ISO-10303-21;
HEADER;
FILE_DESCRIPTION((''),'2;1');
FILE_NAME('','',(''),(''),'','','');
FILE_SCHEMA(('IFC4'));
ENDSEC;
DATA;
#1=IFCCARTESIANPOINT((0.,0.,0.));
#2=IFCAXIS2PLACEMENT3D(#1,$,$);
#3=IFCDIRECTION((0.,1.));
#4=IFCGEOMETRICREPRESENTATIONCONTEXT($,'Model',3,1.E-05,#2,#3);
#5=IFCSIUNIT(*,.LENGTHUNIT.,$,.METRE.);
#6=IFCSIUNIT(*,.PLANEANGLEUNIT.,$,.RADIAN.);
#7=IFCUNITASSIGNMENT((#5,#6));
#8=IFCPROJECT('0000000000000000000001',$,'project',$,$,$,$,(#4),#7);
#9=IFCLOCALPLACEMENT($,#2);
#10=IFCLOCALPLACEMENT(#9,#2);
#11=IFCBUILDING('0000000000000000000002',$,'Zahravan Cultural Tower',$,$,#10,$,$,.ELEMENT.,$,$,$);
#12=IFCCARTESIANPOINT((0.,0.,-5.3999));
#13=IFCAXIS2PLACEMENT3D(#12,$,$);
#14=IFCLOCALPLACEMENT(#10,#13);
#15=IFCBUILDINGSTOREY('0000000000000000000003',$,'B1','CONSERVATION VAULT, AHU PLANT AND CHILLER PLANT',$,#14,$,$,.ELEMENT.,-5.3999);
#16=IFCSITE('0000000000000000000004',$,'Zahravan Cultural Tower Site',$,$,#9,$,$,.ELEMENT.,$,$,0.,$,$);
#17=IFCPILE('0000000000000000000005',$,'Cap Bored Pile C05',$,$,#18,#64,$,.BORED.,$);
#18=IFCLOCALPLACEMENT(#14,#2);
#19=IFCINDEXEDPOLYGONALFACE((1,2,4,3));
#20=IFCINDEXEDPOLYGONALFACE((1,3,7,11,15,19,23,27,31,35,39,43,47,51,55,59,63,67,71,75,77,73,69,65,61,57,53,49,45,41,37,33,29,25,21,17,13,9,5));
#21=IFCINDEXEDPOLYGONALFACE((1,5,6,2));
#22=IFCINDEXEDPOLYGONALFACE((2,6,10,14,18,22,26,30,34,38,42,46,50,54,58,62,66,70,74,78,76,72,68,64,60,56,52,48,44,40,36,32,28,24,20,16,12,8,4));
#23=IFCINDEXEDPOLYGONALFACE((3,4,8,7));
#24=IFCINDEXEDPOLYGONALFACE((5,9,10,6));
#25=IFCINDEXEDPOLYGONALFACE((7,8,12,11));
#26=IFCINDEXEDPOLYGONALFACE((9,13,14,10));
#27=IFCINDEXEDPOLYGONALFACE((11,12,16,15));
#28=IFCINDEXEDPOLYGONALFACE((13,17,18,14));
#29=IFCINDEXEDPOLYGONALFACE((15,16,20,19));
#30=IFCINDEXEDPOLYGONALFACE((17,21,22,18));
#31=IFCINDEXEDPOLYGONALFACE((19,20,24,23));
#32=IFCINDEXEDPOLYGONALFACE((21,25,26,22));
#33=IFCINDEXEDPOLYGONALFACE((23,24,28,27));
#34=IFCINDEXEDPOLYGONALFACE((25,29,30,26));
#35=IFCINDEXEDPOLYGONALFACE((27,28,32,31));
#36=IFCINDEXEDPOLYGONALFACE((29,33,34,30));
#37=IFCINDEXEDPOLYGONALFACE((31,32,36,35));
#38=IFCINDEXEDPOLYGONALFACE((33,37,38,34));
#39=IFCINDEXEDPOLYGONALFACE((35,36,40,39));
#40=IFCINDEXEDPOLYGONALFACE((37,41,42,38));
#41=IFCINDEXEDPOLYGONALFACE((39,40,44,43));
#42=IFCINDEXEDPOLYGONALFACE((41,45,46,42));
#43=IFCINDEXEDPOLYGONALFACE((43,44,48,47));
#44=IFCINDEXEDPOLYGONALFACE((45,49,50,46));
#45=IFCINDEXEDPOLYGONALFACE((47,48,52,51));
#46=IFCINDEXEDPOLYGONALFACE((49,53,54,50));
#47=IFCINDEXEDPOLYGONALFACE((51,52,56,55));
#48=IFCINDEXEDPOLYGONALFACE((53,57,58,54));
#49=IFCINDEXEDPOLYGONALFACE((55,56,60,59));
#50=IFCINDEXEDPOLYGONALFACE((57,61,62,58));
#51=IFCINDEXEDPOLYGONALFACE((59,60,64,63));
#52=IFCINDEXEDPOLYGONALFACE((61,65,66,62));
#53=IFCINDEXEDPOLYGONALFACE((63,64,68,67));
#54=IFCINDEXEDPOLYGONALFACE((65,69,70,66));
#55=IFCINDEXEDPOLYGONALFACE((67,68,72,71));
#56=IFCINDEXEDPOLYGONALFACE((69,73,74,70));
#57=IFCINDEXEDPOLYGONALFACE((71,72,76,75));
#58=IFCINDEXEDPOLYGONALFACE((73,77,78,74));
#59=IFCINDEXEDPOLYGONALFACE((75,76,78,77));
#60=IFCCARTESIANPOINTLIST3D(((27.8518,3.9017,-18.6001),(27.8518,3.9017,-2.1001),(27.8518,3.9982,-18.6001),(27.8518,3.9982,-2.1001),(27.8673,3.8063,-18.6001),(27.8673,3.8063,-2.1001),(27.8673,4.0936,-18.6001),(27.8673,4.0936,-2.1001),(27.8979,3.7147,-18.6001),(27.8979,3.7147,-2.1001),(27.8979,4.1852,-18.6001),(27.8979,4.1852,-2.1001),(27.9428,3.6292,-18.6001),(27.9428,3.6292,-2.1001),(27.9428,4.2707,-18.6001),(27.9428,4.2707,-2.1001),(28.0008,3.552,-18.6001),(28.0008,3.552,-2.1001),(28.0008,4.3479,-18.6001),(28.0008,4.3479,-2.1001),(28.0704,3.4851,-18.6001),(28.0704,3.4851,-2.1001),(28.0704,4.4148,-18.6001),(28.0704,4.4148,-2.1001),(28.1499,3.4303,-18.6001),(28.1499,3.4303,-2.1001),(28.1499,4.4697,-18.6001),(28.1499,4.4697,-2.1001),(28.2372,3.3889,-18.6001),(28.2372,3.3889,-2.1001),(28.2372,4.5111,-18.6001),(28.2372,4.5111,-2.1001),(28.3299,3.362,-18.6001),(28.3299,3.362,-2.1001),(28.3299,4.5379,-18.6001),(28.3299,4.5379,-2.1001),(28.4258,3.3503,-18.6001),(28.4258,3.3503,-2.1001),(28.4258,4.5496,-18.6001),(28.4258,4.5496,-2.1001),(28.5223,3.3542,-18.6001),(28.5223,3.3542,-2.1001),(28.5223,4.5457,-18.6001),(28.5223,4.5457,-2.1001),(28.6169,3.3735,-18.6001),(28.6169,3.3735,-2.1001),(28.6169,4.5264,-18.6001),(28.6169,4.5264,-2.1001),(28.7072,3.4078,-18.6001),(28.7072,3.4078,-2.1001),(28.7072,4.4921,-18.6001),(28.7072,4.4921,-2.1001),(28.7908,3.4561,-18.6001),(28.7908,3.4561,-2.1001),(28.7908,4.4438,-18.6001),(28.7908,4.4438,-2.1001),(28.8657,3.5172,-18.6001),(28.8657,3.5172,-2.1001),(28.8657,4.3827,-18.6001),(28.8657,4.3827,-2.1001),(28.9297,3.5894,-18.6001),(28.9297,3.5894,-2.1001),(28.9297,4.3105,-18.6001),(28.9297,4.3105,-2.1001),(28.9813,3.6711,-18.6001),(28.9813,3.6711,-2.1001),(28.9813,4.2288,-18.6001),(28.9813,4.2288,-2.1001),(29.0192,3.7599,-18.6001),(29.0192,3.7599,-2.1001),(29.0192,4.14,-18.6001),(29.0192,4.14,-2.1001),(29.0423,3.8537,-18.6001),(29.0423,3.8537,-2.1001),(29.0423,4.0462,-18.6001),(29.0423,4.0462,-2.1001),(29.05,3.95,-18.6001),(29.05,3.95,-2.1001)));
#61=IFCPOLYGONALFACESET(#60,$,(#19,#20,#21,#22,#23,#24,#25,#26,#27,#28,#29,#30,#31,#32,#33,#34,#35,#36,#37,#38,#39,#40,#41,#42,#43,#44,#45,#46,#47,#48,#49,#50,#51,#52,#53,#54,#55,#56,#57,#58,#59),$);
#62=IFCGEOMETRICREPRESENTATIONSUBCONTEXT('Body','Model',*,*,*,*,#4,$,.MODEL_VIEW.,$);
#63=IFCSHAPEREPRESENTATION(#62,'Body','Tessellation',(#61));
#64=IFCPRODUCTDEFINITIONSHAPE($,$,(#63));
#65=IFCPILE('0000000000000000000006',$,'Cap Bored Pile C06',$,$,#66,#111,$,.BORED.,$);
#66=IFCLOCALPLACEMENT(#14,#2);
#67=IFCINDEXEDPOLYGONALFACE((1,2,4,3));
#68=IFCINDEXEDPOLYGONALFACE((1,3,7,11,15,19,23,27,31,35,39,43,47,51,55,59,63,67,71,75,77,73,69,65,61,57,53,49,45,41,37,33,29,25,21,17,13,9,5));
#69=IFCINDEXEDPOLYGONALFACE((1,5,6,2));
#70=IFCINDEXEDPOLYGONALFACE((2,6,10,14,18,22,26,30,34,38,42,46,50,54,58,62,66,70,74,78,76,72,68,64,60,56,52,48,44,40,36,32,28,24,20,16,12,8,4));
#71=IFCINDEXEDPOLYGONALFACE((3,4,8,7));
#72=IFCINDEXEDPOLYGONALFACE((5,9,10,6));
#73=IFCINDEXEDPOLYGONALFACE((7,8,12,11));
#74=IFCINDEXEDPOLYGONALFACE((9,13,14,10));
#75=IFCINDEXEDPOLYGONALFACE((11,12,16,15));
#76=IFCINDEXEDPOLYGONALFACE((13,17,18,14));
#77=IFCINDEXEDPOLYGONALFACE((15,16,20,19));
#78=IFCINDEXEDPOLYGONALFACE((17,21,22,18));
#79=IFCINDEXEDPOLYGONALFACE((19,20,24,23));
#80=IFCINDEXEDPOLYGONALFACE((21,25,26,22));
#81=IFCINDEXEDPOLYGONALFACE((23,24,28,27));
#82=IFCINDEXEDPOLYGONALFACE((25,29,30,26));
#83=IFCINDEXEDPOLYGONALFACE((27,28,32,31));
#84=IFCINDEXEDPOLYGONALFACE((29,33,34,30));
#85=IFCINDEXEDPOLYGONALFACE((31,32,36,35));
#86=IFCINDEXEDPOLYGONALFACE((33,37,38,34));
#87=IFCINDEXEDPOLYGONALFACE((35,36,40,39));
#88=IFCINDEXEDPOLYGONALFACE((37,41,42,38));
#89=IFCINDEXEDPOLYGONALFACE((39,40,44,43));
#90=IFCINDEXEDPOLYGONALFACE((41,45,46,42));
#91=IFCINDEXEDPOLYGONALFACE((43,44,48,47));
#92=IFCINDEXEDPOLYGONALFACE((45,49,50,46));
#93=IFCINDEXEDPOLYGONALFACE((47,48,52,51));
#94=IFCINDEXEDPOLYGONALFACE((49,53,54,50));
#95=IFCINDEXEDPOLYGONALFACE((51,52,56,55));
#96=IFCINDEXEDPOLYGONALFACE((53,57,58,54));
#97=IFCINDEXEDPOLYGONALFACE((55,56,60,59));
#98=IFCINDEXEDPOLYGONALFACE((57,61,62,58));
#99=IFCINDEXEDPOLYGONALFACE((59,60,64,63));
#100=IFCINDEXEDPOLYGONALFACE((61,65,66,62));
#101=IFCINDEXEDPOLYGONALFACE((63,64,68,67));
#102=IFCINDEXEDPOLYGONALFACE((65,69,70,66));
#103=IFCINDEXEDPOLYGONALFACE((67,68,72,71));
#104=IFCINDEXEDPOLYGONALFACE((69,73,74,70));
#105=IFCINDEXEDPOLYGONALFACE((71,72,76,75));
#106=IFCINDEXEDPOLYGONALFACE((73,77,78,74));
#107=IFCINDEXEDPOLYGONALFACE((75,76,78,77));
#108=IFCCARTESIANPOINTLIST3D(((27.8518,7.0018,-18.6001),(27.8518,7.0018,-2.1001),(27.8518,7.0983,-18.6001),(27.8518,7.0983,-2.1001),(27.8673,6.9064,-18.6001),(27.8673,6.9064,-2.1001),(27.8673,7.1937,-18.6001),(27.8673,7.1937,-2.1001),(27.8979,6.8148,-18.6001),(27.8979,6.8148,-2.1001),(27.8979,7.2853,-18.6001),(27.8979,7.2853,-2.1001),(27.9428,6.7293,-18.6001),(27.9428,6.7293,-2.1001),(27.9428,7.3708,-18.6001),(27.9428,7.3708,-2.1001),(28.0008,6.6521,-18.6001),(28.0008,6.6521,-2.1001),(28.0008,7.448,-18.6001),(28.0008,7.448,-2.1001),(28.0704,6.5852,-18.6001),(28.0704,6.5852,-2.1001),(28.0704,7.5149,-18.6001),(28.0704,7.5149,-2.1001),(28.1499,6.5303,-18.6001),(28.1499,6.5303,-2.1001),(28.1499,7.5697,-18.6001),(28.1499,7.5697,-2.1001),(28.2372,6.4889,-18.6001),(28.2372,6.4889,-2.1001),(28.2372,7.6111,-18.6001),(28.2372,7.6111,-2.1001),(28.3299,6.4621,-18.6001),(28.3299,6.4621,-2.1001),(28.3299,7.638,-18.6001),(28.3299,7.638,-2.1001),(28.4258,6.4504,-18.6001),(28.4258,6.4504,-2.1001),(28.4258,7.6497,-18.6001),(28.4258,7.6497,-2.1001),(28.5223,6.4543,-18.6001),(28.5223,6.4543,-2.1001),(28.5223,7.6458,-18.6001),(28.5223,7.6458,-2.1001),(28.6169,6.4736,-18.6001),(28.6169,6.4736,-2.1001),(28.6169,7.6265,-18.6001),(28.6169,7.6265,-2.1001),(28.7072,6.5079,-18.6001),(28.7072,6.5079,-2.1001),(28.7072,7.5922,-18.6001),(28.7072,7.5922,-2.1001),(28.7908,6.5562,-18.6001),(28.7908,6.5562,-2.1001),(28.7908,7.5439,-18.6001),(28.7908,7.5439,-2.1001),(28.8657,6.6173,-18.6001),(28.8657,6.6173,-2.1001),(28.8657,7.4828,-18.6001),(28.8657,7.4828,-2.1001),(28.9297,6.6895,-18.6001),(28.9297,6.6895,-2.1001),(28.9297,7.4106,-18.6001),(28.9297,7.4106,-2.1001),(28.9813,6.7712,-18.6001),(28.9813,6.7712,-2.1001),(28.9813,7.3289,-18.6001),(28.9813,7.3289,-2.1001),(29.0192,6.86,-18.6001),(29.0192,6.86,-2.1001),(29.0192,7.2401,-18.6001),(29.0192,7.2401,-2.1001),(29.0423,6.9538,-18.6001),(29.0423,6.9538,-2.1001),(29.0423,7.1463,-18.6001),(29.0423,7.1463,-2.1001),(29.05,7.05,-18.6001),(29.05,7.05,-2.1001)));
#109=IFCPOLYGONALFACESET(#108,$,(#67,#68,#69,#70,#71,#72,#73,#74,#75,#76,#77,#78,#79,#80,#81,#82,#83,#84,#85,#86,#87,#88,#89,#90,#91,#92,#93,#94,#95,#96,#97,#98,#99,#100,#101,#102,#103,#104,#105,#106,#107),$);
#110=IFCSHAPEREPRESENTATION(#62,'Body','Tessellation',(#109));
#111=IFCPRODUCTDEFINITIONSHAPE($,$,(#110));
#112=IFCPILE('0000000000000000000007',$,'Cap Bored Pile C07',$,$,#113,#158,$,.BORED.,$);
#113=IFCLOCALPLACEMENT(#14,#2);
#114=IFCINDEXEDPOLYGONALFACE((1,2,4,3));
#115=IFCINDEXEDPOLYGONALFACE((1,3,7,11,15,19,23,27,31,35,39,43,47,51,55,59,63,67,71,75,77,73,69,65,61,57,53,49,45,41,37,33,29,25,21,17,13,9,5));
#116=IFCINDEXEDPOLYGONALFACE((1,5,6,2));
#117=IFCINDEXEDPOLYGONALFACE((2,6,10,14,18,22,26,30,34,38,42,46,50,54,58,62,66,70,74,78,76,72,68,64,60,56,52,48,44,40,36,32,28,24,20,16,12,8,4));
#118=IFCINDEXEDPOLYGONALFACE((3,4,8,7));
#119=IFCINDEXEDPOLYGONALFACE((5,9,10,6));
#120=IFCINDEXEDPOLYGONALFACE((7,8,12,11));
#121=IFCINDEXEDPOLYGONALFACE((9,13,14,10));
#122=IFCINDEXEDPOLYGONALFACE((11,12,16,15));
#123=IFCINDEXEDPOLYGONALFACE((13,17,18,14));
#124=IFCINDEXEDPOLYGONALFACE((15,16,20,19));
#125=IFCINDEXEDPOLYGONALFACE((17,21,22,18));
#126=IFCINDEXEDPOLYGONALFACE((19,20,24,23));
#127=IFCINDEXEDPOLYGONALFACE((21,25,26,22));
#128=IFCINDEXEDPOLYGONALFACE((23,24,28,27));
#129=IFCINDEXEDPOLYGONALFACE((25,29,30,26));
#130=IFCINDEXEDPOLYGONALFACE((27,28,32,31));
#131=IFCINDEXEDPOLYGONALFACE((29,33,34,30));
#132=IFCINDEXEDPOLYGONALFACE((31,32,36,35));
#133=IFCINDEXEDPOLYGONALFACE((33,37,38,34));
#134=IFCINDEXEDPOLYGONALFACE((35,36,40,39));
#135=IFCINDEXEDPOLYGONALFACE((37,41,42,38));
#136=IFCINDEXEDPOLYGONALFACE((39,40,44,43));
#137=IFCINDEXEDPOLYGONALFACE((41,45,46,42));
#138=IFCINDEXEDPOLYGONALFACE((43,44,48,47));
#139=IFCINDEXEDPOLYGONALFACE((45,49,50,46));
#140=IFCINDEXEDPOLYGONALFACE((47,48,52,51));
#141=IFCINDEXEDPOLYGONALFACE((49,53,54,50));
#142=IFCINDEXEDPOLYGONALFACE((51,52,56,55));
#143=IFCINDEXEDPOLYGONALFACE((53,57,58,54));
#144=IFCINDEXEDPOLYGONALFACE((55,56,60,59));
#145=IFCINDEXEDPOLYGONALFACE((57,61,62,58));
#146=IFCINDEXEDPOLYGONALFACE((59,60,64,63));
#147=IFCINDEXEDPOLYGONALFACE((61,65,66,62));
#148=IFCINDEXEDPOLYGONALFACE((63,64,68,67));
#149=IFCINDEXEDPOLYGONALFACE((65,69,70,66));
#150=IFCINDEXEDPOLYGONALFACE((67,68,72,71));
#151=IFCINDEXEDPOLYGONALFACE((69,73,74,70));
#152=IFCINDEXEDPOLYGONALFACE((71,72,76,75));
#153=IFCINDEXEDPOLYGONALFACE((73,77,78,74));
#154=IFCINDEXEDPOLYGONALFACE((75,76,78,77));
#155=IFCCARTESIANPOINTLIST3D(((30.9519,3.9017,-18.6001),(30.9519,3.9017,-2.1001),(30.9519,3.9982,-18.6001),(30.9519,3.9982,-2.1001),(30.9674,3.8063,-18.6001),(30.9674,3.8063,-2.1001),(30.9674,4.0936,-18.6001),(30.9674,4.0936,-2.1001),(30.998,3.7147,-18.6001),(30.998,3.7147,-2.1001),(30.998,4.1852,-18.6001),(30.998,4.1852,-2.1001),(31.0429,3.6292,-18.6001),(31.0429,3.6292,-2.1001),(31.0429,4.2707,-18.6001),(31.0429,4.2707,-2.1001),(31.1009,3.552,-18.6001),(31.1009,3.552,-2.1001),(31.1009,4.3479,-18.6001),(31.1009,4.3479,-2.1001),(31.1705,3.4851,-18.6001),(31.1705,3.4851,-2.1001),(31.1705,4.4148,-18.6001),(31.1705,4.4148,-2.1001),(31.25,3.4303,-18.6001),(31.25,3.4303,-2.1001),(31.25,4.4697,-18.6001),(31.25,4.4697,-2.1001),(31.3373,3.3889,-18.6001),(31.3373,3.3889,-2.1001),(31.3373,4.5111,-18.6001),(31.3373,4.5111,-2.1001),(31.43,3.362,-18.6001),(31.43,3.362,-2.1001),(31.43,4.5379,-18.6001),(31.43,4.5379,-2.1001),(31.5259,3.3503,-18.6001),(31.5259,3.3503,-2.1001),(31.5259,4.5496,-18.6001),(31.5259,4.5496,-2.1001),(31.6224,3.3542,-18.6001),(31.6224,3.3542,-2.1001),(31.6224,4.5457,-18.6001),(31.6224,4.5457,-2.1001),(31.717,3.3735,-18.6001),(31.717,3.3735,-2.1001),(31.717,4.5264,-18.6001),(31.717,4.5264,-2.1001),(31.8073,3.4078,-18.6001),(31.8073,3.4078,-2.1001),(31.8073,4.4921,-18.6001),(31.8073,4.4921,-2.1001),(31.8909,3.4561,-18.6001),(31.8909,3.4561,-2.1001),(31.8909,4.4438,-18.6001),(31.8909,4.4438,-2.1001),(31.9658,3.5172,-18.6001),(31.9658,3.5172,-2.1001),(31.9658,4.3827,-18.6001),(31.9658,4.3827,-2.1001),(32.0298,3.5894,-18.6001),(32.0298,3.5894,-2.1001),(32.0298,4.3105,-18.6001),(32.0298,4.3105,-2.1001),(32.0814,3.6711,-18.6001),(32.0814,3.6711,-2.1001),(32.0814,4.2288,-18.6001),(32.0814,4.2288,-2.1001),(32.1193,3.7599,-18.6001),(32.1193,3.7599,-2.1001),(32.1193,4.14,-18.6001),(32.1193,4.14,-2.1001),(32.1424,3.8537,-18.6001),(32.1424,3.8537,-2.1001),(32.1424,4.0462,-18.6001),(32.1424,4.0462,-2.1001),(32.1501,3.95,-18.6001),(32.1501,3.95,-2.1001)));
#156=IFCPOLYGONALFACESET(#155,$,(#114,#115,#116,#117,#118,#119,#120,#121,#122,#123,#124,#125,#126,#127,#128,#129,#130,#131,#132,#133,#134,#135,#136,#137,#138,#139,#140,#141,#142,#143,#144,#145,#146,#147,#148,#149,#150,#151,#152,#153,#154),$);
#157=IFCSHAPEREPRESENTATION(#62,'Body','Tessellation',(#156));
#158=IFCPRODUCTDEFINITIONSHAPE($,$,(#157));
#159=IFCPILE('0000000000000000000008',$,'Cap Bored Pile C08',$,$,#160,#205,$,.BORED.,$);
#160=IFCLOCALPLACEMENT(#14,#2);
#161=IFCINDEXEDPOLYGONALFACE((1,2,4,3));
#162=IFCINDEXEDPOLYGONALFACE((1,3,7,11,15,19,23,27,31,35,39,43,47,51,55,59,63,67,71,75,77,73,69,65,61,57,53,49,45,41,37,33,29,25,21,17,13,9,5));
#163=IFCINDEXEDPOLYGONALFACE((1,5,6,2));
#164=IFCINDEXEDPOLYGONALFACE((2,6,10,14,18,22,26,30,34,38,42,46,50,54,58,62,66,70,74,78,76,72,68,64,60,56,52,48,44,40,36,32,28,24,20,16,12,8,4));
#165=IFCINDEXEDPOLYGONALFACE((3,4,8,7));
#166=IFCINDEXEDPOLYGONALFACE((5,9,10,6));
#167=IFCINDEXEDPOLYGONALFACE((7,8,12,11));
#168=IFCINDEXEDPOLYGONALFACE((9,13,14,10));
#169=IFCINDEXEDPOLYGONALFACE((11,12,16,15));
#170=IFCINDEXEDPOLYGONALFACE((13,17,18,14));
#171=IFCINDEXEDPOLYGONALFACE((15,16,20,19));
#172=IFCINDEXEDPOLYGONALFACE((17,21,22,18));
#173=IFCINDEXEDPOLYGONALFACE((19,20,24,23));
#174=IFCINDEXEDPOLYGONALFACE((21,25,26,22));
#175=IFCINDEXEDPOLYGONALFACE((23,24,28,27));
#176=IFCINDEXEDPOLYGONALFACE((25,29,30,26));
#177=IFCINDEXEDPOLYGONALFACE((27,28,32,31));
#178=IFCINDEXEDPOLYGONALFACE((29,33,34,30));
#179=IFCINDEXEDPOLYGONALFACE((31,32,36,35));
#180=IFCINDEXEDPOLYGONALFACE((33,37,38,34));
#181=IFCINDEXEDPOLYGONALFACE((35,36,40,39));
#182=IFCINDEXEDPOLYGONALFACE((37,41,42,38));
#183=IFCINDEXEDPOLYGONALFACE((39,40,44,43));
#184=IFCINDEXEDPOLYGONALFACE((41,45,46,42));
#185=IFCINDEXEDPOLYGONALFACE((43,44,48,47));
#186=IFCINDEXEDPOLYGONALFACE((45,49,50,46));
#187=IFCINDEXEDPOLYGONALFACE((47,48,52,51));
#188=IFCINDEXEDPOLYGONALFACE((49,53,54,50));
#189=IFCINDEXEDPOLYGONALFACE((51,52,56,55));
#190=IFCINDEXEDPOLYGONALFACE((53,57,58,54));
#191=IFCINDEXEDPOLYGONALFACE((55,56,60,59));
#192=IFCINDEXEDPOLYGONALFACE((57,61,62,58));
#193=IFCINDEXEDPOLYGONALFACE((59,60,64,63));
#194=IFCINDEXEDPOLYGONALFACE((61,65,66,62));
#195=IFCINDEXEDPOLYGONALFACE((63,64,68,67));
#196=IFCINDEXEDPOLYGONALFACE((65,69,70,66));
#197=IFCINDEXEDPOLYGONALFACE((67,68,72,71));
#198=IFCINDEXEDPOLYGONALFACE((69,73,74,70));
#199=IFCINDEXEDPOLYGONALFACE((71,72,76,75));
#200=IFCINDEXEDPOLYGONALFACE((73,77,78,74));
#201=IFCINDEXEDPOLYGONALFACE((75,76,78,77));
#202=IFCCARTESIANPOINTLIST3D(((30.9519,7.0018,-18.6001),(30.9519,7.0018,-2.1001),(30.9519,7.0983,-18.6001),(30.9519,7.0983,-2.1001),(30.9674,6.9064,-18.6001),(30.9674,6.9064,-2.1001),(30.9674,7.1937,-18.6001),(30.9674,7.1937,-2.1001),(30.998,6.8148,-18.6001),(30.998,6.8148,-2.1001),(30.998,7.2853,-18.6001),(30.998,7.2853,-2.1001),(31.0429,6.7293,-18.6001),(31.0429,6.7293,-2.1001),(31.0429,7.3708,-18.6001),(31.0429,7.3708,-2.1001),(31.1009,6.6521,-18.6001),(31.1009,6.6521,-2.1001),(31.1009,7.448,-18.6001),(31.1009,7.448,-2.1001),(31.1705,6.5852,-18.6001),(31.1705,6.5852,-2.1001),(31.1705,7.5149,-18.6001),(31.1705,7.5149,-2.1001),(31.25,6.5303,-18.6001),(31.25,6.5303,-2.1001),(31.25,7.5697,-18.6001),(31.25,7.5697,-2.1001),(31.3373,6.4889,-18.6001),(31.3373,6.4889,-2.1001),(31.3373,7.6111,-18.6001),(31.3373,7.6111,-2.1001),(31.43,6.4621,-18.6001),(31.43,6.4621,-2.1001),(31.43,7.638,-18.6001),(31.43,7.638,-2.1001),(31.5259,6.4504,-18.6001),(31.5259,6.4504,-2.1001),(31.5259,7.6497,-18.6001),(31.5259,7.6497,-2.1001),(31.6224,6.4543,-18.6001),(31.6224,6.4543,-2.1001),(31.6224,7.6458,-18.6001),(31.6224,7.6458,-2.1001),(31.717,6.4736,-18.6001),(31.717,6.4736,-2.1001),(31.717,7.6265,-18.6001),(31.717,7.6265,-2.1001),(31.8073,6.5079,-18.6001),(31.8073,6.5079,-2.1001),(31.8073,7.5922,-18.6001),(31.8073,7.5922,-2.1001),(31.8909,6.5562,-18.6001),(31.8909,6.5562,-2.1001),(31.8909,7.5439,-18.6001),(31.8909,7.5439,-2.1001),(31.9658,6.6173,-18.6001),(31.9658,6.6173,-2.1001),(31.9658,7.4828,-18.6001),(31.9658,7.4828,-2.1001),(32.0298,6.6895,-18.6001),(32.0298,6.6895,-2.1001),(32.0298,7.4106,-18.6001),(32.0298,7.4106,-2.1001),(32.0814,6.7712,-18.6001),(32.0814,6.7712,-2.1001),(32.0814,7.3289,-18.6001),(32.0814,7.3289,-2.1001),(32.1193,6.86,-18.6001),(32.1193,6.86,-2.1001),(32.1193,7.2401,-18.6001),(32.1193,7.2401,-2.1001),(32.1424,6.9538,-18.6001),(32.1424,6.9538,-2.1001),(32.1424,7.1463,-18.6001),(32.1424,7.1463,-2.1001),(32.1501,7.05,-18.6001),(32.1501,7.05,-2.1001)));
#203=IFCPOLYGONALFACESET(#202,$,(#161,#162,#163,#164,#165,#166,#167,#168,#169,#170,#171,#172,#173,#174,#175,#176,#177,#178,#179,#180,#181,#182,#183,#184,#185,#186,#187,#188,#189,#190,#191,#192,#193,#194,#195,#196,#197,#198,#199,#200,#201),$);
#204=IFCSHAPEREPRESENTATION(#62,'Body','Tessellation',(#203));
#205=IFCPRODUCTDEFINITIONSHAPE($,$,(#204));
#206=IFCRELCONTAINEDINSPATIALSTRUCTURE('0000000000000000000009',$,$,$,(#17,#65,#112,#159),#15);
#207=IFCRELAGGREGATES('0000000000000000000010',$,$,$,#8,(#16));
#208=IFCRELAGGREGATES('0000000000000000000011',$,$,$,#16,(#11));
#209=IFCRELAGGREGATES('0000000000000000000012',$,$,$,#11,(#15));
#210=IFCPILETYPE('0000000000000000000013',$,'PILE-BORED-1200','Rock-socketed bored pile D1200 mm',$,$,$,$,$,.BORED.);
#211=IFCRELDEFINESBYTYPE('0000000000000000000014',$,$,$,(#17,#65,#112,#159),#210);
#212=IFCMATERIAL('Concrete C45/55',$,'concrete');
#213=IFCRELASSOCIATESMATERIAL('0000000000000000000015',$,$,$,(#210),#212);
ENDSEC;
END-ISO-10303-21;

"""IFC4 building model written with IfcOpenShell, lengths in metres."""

from ifc_helpers import new_model, si_unit, direction, frame, origin, origin_2d, place, context, subcontext, project, spatial, circle, extrude, material, material_profile, profile_set, type_object, element, save


model = new_model("IFC4")

# Units and contexts
model_context = context("Model", 3, precision=1e-05, world=origin(), true_north=direction((0.0, 1.0)))
body_context = subcontext(model_context, "Body", "Model", "MODEL_VIEW")
ifc_project = project(units=[si_unit("LENGTHUNIT", "METRE"), si_unit("PLANEANGLEUNIT", "RADIAN")], contexts=[model_context])

# Site, building, storey
site_placement = place(None, origin())
site = spatial("IfcSite", under=ifc_project, at=site_placement, Name="Zahravan Cultural Tower Site", CompositionType="ELEMENT", RefElevation=0.0)
building_placement = place(site_placement, origin())
building = spatial("IfcBuilding", under=site, at=building_placement, Name="Zahravan Cultural Tower", CompositionType="ELEMENT")
storey_placement = place(building_placement, frame((0.0, 0.0, -5.3999)))
storey = spatial("IfcBuildingStorey", under=building, at=storey_placement, Name="B1", Description="CONSERVATION VAULT, AHU PLANT AND CHILLER PLANT", CompositionType="ELEMENT", Elevation=-5.3999)

# Piles
ifc_material_1 = material(Name="Concrete C45/55", Category="concrete")
ifc_material_profile_1 = material_profile(ifc_material_1, circle(Radius=0.6001, at=origin_2d()), Name="PILE-D1200")
ifc_profile_set_1 = profile_set([ifc_material_profile_1], Name="Concrete C45/55")
pile_type_1 = type_object("IfcPileType", Name="PILE-BORED-1200", Description="Rock-socketed bored pile D1200 mm", PredefinedType="BORED", material=ifc_profile_set_1)
for number, where, z_axis, x_axis, name in (
    (1, (28.45, 3.95, -2.1001), (0.0, 0.0, -1.0), (1.0, 0.0, 0.0), "Cap Bored Pile C05"),
    (2, (28.45, 7.05, -2.1001), (0.0, 0.0, -1.0), (1.0, 0.0, 0.0), "Cap Bored Pile C06"),
    (3, (31.55, 3.95, -2.1001), (0.0, 0.0, -1.0), (1.0, 0.0, 0.0), "Cap Bored Pile C07"),
    (4, (31.55, 7.05, -2.1001), (0.0, 0.0, -1.0), (1.0, 0.0, 0.0), "Cap Bored Pile C08"),
):
    element("IfcPile", number, at=place(storey_placement, frame(where, z_axis=z_axis, x_axis=x_axis)), inside=storey, type_object=pile_type_1, Name=name, PredefinedType="BORED", context=body_context, shape_type="SweptSolid", body=[
        extrude(circle(Radius=0.6001, at=origin_2d()), origin(), (0.0, 0.0, 1.0), 16.5),
    ])

save(model, "model.ifc")
